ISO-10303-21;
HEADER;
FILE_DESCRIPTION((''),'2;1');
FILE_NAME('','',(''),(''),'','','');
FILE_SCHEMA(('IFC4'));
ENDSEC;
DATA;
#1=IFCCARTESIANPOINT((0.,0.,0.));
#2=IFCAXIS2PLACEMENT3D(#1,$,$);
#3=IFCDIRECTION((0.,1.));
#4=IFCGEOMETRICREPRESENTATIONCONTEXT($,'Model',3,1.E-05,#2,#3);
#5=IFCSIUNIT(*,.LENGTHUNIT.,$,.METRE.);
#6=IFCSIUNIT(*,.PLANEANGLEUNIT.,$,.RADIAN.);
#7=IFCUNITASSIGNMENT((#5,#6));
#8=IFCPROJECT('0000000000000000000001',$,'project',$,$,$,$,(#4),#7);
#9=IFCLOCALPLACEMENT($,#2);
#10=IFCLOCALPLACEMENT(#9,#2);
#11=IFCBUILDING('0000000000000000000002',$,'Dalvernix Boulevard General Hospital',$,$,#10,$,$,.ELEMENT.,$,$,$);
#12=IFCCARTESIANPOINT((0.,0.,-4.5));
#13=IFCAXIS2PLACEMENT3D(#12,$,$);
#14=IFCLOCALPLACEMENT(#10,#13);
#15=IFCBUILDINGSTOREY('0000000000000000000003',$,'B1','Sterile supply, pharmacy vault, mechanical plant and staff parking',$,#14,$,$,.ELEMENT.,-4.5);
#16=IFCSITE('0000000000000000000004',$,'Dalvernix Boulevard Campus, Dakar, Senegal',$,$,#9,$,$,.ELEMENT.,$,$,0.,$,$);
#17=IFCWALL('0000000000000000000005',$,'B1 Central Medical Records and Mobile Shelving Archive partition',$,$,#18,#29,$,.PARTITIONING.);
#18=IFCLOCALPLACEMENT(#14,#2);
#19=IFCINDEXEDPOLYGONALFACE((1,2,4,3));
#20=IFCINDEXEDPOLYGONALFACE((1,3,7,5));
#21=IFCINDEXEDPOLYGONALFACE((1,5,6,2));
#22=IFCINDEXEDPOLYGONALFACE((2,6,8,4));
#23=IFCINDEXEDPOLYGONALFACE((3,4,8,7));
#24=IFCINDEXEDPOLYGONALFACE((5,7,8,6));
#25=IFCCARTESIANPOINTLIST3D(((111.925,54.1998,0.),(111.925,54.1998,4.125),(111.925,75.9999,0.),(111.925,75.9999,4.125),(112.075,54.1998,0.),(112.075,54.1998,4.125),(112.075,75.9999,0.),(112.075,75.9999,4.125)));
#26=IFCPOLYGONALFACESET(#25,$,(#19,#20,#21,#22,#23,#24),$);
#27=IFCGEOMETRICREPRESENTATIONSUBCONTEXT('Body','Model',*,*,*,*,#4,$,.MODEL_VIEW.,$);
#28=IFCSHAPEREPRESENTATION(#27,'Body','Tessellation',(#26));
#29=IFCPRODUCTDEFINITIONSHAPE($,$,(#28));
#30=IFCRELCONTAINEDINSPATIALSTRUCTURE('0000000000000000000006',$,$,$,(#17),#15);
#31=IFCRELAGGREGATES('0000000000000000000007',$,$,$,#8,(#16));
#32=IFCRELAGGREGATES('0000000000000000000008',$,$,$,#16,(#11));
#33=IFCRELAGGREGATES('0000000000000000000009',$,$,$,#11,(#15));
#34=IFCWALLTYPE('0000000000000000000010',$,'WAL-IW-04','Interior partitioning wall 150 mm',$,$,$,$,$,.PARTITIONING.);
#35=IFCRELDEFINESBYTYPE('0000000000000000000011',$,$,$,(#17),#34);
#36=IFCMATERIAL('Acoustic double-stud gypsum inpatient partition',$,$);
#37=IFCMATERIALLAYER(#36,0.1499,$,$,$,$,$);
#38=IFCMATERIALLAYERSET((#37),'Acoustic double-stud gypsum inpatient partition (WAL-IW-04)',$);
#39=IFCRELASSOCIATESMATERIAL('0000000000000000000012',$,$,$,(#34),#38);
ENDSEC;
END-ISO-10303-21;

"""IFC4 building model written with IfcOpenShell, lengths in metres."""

from ifc_helpers import new_model, si_unit, direction, frame, frame_2d, origin, place, context, subcontext, project, spatial, rectangle, extrude, material, layer, layer_set, type_object, element, save


model = new_model("IFC4")

# Units and contexts
model_context = context("Model", 3, precision=1e-05, world=origin(), true_north=direction((0.0, 1.0)))
body_context = subcontext(model_context, "Body", "Model", "MODEL_VIEW")
ifc_project = project(units=[si_unit("LENGTHUNIT", "METRE"), si_unit("PLANEANGLEUNIT", "RADIAN")], contexts=[model_context])

# Site, building, storey
site_placement = place(None, origin())
site = spatial("IfcSite", under=ifc_project, at=site_placement, Name="Dalvernix Boulevard Campus, Dakar, Senegal", CompositionType="ELEMENT", RefElevation=0.0)
building_placement = place(site_placement, origin())
building = spatial("IfcBuilding", under=site, at=building_placement, Name="Dalvernix Boulevard General Hospital", CompositionType="ELEMENT")
storey_placement = place(building_placement, frame((0.0, 0.0, -4.5)))
storey = spatial("IfcBuildingStorey", under=building, at=storey_placement, Name="B1", Description="Sterile supply, pharmacy vault, mechanical plant and staff parking", CompositionType="ELEMENT", Elevation=-4.5)

# Wall
ifc_material_1 = material(Name="Acoustic double-stud gypsum inpatient partition")
ifc_layer = layer(ifc_material_1, 0.1499)
ifc_layer_set = layer_set([ifc_layer], Name="Acoustic double-stud gypsum inpatient partition (WAL-IW-04)")
wall_type = type_object("IfcWallType", Name="WAL-IW-04", Description="Interior partitioning wall 150 mm", PredefinedType="PARTITIONING", material=ifc_layer_set)
wall_placement = place(storey_placement, frame((112.0, 54.2, 0.0), z_axis=(0.0, 0.0, 1.0), x_axis=(0.0, 1.0, 0.0)))
element("IfcWall", 1, at=wall_placement, inside=storey, type_object=wall_type, Name="B1 Central Medical Records and Mobile Shelving Archive partition", PredefinedType="PARTITIONING", context=body_context, shape_type="SweptSolid", body=[
    extrude(rectangle(XDim=21.8, YDim=0.1499, at=frame_2d((10.8999, 0.0))), origin(), (0.0, 0.0, 1.0), 4.125),
])

save(model, "model.ifc")
